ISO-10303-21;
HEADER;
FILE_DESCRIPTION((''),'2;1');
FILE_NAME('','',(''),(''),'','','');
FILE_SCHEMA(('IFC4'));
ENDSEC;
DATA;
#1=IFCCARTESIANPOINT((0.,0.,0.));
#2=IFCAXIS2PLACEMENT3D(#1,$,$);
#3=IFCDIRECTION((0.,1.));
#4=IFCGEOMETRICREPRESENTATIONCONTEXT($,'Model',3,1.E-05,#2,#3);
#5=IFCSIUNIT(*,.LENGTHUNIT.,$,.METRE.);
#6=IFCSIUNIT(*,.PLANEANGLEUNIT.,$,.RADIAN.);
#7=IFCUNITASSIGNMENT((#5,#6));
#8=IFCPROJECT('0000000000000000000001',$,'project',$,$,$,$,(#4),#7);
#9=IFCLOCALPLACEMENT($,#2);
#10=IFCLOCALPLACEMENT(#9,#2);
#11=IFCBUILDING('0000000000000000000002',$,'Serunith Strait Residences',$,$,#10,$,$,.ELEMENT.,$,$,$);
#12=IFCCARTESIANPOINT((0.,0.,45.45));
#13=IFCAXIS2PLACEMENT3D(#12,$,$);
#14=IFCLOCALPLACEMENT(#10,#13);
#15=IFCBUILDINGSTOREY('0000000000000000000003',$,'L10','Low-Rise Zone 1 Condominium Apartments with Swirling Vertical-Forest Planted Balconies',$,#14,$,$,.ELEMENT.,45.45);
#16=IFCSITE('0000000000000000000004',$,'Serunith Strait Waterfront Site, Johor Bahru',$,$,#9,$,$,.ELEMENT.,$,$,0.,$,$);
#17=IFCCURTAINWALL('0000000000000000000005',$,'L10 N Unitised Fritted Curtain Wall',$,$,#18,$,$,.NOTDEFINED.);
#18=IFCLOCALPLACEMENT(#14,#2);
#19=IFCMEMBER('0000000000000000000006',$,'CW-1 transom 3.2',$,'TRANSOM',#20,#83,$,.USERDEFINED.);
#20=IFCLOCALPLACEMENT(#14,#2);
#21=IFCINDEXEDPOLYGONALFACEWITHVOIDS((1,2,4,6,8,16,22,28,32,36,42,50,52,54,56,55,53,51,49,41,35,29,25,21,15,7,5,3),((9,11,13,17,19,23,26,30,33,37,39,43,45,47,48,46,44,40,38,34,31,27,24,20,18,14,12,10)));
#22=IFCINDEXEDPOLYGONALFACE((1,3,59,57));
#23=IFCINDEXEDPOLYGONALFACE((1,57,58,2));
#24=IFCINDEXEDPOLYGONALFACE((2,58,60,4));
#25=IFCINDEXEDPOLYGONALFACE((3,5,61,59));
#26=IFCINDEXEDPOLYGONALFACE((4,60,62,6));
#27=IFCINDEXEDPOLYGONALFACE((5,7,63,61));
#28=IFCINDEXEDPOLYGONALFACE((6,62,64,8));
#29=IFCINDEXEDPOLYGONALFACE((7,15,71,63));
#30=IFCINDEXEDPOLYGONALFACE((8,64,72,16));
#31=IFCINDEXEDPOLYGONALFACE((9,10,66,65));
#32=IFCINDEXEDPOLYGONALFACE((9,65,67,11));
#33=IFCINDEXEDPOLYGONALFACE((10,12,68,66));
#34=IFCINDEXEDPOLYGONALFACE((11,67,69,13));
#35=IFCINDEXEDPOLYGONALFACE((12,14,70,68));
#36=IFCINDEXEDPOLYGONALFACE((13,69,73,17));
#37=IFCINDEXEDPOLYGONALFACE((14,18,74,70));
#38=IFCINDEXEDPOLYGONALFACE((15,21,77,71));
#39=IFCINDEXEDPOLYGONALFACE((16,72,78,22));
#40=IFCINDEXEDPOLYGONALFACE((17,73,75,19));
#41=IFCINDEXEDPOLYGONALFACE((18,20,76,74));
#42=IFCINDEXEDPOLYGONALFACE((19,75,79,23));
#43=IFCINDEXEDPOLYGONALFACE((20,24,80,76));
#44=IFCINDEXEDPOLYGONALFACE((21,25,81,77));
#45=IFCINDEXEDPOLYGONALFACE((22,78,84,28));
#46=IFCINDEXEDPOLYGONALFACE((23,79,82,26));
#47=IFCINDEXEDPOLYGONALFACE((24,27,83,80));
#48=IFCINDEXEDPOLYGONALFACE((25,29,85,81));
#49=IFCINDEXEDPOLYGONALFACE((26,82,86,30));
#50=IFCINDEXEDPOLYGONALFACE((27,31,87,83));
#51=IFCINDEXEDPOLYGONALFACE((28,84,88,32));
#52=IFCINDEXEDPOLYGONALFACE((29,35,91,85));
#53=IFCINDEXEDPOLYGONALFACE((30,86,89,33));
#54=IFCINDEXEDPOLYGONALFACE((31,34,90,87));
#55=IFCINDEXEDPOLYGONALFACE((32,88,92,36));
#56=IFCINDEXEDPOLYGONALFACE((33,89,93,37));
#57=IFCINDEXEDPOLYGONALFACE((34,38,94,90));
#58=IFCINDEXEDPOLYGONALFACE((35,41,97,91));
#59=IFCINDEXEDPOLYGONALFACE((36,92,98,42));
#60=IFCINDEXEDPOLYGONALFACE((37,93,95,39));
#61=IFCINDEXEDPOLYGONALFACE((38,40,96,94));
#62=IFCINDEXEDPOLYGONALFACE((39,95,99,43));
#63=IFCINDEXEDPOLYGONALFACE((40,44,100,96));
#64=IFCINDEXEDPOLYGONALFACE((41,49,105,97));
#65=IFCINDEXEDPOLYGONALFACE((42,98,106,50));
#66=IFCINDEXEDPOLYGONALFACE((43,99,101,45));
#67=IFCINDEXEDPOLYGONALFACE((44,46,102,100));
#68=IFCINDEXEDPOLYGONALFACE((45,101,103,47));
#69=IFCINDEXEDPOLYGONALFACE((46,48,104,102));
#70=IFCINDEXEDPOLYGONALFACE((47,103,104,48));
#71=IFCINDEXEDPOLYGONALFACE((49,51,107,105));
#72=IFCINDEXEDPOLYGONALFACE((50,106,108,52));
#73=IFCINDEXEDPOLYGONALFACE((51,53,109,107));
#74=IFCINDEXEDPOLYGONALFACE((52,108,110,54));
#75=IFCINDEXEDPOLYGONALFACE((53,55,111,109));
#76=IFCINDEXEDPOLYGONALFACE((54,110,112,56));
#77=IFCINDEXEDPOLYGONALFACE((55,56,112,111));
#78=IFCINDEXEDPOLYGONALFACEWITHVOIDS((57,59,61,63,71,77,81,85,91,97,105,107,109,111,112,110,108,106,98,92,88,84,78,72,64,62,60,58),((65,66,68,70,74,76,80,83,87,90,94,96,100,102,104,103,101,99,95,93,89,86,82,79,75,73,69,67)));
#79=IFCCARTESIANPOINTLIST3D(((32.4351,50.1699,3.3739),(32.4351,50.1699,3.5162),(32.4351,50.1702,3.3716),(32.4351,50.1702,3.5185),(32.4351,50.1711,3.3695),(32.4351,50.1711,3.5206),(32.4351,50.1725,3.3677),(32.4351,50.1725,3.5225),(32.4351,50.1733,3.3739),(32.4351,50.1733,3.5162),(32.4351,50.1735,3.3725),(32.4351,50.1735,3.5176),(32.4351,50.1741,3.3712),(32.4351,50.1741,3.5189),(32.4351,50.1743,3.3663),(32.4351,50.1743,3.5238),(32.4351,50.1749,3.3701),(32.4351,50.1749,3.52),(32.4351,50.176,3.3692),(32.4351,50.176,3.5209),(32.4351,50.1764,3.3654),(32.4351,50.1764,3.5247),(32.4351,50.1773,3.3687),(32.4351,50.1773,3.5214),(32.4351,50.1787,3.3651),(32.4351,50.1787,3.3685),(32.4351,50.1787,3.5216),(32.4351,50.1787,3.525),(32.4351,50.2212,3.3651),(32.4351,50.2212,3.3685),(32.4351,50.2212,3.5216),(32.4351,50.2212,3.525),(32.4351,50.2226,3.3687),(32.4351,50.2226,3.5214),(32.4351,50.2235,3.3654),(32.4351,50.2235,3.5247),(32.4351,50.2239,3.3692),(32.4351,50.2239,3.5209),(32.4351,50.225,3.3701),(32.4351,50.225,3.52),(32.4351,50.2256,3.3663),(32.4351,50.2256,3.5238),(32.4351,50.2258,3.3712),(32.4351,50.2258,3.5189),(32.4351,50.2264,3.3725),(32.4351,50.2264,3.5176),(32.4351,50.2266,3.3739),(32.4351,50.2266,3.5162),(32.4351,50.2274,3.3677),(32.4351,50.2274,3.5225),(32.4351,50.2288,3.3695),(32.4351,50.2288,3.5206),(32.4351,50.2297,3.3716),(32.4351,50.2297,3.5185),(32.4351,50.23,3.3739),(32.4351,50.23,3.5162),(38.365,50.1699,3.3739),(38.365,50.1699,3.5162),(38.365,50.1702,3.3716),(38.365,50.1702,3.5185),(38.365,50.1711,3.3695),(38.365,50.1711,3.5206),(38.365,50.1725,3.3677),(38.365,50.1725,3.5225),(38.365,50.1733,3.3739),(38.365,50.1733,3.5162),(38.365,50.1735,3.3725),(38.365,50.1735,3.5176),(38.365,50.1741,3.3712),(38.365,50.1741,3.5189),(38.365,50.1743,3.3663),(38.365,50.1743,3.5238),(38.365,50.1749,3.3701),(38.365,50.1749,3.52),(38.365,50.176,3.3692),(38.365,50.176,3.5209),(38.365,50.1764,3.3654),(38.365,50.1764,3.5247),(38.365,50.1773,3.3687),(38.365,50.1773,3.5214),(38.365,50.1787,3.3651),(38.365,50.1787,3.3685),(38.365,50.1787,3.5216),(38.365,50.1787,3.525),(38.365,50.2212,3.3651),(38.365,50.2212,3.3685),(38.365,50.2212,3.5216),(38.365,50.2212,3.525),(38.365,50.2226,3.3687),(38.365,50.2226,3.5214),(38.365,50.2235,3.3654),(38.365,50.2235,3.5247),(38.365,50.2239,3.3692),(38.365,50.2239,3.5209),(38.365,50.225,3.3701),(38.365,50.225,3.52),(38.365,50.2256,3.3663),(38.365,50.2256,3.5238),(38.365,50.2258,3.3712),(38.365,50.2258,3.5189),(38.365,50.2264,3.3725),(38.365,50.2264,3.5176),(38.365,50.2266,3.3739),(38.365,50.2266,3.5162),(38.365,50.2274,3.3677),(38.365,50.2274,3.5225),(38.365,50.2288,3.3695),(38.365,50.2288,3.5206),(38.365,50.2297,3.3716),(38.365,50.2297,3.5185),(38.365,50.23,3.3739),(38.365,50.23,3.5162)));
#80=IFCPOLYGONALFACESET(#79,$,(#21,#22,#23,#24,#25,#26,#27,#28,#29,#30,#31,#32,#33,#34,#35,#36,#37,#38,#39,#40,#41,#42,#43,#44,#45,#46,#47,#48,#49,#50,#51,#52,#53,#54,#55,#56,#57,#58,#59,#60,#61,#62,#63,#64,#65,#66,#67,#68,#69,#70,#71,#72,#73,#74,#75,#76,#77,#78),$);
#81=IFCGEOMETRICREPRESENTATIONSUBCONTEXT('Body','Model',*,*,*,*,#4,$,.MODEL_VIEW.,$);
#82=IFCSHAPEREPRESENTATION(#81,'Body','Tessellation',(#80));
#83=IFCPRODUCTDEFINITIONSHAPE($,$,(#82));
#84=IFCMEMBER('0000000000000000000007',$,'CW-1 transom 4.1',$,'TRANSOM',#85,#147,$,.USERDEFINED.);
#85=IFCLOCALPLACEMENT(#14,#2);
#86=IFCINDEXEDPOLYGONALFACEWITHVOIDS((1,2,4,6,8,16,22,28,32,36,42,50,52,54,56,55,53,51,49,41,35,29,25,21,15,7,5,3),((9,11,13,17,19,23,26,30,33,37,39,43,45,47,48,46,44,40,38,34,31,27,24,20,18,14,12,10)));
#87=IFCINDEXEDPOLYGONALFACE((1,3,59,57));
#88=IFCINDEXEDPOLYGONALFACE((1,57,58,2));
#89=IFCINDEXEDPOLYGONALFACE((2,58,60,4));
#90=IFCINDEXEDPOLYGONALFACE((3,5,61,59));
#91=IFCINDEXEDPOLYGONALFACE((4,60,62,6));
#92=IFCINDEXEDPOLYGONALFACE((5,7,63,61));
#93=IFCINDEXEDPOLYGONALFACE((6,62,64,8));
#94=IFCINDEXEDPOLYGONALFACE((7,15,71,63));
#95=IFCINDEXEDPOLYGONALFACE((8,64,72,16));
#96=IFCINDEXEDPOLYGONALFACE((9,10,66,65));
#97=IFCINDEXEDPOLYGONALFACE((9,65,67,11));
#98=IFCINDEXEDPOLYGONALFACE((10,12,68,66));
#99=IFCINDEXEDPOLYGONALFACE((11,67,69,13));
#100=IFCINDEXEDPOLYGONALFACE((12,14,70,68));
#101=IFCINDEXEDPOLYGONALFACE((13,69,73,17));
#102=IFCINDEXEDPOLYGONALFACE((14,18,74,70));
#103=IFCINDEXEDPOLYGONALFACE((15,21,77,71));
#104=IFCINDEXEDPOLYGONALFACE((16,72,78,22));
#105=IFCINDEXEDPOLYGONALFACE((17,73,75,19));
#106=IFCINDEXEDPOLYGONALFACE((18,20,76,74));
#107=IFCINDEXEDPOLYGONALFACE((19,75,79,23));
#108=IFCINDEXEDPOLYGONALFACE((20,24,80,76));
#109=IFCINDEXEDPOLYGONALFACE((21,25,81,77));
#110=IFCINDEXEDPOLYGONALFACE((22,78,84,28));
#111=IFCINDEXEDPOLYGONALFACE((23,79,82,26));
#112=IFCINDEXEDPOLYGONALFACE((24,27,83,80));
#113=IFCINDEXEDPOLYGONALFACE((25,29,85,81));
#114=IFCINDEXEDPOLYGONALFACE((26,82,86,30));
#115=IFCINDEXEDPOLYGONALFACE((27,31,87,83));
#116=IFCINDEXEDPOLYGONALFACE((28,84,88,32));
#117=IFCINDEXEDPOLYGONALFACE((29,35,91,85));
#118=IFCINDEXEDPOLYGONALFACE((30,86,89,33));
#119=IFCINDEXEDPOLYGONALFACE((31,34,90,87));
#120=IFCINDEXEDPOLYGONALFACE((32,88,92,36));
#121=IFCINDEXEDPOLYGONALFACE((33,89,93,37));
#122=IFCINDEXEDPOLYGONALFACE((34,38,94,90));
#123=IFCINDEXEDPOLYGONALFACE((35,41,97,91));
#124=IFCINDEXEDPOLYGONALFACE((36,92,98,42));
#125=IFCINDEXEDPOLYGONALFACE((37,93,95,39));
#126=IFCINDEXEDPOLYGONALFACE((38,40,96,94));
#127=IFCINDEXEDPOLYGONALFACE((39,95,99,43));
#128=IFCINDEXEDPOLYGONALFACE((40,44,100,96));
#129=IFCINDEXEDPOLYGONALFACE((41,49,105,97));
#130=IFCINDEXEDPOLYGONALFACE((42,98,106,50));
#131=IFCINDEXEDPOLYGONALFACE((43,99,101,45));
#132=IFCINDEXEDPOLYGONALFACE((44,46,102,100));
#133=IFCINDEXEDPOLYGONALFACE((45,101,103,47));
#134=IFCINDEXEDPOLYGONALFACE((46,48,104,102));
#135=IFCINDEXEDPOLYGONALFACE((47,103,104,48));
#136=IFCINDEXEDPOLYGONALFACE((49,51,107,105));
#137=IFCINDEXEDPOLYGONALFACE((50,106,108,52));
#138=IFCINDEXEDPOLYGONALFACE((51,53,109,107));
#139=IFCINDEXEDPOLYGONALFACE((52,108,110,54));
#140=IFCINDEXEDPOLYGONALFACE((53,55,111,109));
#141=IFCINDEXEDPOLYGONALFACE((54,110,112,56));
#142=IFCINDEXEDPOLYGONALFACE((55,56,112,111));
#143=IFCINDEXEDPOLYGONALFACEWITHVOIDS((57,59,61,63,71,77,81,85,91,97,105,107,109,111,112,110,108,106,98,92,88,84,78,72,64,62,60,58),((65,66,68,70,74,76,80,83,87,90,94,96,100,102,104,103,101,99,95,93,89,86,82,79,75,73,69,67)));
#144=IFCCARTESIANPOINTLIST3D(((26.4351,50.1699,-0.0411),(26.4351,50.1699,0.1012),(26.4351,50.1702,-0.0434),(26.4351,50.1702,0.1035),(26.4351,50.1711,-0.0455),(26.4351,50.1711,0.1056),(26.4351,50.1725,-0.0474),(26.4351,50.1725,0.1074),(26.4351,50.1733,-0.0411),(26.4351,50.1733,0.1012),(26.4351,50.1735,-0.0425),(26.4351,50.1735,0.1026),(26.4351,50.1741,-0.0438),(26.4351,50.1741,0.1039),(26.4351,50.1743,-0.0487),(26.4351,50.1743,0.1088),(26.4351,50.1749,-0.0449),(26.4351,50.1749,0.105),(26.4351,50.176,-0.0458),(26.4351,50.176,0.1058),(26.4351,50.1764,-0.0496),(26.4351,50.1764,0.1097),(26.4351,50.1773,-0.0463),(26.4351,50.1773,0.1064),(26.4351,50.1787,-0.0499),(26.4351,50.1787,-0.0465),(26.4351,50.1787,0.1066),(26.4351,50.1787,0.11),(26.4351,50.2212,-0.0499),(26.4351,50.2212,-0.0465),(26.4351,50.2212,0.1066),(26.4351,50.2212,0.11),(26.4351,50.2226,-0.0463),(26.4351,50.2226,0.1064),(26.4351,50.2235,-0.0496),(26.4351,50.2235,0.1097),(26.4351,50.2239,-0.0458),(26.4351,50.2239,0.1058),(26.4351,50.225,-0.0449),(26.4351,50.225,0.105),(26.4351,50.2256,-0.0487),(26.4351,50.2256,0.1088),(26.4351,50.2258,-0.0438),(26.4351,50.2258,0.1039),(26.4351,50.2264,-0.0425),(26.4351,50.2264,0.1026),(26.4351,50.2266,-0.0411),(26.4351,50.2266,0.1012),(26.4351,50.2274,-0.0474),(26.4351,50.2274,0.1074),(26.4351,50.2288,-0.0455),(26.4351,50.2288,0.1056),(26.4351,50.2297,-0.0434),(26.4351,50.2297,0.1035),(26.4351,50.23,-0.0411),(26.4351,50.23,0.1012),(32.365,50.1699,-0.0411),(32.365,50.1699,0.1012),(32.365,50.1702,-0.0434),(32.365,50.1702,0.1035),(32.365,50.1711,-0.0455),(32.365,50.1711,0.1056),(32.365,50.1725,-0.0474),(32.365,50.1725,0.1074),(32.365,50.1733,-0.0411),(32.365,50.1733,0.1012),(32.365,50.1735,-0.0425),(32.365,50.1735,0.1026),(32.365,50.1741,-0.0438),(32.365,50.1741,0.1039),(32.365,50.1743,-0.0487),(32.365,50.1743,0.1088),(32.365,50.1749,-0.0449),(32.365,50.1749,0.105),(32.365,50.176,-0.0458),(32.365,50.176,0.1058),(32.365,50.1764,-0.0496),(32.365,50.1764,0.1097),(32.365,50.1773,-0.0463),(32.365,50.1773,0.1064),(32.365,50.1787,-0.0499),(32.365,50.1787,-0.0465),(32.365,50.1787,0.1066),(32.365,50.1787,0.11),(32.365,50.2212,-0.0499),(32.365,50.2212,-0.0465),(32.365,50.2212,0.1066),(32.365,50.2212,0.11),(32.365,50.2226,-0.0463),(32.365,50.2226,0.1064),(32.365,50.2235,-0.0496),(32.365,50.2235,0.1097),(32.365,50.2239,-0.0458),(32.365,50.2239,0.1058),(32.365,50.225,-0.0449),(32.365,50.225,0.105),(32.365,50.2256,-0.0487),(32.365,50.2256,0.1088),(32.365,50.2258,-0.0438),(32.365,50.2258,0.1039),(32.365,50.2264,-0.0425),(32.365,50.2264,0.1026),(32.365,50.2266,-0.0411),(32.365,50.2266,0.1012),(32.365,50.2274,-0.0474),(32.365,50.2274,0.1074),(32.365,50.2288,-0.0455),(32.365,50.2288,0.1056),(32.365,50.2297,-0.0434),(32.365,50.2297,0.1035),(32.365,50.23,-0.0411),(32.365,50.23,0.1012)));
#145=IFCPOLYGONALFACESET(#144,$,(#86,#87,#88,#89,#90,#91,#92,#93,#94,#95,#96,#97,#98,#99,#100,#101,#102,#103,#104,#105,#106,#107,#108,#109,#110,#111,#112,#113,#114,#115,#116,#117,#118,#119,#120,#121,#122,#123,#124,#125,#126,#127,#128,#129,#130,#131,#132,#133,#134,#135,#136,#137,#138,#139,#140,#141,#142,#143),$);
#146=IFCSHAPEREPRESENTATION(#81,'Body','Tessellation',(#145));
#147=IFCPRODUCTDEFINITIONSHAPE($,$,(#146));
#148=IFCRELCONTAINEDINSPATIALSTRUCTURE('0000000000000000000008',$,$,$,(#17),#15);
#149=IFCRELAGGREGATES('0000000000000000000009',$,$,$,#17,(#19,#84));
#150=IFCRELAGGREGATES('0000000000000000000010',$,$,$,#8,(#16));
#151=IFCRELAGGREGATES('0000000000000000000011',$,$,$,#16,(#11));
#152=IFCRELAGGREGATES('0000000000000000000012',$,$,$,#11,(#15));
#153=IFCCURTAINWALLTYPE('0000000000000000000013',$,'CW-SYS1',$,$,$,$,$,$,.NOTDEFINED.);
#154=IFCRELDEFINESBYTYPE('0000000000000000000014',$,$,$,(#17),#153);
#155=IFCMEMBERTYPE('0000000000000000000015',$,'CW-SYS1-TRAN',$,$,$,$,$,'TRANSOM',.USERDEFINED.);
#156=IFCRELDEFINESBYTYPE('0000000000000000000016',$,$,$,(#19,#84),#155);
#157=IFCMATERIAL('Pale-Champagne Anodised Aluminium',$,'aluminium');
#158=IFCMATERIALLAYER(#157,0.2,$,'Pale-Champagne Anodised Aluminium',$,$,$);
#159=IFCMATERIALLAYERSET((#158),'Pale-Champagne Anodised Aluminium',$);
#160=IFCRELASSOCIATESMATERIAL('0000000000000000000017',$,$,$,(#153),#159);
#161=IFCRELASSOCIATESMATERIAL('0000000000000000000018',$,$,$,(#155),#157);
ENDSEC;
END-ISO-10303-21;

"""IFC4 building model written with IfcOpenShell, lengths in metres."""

from ifc_helpers import new_model, si_unit, direction, frame, origin, origin_2d, place, context, subcontext, project, spatial, hollow_rectangle, extrude, source, transform, mapped, material, layer, layer_set, material_profile, profile_set, type_object, element, aggregate, save


model = new_model("IFC4")

# Units and contexts
model_context = context("Model", 3, precision=1e-05, world=origin(), true_north=direction((0.0, 1.0)))
body_context = subcontext(model_context, "Body", "Model", "MODEL_VIEW")
ifc_project = project(units=[si_unit("LENGTHUNIT", "METRE"), si_unit("PLANEANGLEUNIT", "RADIAN")], contexts=[model_context])

# Site, building, storey
site_placement = place(None, origin())
site = spatial("IfcSite", under=ifc_project, at=site_placement, Name="Serunith Strait Waterfront Site, Johor Bahru", CompositionType="ELEMENT", RefElevation=0.0)
building_placement = place(site_placement, origin())
building = spatial("IfcBuilding", under=site, at=building_placement, Name="Serunith Strait Residences", CompositionType="ELEMENT")
storey_placement = place(building_placement, frame((0.0, 0.0, 45.45)))
storey = spatial("IfcBuildingStorey", under=building, at=storey_placement, Name="L10", Description="Low-Rise Zone 1 Condominium Apartments with Swirling Vertical-Forest Planted Balconies", CompositionType="ELEMENT", Elevation=45.45)

# Curtain wall, members
ifc_material_1 = material(Name="Pale-Champagne Anodised Aluminium", Category="aluminium")
ifc_layer_1 = layer(ifc_material_1, 0.2, Name="Pale-Champagne Anodised Aluminium")
ifc_layer_set_1 = layer_set([ifc_layer_1], Name="Pale-Champagne Anodised Aluminium")
curtain_wall_type = type_object("IfcCurtainWallType", Name="CW-SYS1", PredefinedType="NOTDEFINED", material=ifc_layer_set_1)
curtain_wall_placement = place(storey_placement, origin())
curtain_wall = element("IfcCurtainWall", 1, at=curtain_wall_placement, inside=storey, type_object=curtain_wall_type, Name="L10 N Unitised Fritted Curtain Wall", PredefinedType="NOTDEFINED")
ifc_material_profile_1 = material_profile(ifc_material_1, hollow_rectangle(XDim=0.0601, YDim=0.1599, WallThickness=0.0034, InnerFilletRadius=0.0054, OuterFilletRadius=0.0088, at=origin_2d()), Name="ALU 160x60x3.5")
ifc_profile_set_1 = profile_set([ifc_material_profile_1], Name="Pale-Champagne Anodised Aluminium")
member_type_1 = type_object("IfcMemberType", Name="CW-SYS1-TRAN", ElementType="TRANSOM", PredefinedType="USERDEFINED", material=ifc_profile_set_1)
shared_shape_1 = source(origin(), body_context, "Body", "SweptSolid", [
    extrude(hollow_rectangle(XDim=0.0601, YDim=0.1599, WallThickness=0.0034, InnerFilletRadius=0.0054, OuterFilletRadius=0.0088, at=origin_2d()), origin(), (0.0, 0.0, 1.0), 5.9299),
])
member_1_placement = place(storey_placement, frame((38.365, 50.2, 3.4451), z_axis=(-1.0, 0.0, 0.0), x_axis=(0.0, -1.0, 0.0)))
member_1 = element("IfcMember", 2, at=member_1_placement, type_object=member_type_1, Name="CW-1 transom 3.2", ObjectType="TRANSOM", PredefinedType="USERDEFINED", context=body_context, shape_type="MappedRepresentation", body=[
    mapped(shared_shape_1, transform((0.0, 0.0, 0.0), scale=1.0)),
])
member_2_placement = place(storey_placement, frame((32.365, 50.2, 0.03), z_axis=(-1.0, 0.0, 0.0), x_axis=(0.0, -1.0, 0.0)))
member_2 = element("IfcMember", 3, at=member_2_placement, type_object=member_type_1, Name="CW-1 transom 4.1", ObjectType="TRANSOM", PredefinedType="USERDEFINED", context=body_context, shape_type="MappedRepresentation", body=[
    mapped(shared_shape_1, transform((0.0, 0.0, 0.0), scale=1.0)),
])
aggregate(curtain_wall, [member_1, member_2])

save(model, "model.ifc")
